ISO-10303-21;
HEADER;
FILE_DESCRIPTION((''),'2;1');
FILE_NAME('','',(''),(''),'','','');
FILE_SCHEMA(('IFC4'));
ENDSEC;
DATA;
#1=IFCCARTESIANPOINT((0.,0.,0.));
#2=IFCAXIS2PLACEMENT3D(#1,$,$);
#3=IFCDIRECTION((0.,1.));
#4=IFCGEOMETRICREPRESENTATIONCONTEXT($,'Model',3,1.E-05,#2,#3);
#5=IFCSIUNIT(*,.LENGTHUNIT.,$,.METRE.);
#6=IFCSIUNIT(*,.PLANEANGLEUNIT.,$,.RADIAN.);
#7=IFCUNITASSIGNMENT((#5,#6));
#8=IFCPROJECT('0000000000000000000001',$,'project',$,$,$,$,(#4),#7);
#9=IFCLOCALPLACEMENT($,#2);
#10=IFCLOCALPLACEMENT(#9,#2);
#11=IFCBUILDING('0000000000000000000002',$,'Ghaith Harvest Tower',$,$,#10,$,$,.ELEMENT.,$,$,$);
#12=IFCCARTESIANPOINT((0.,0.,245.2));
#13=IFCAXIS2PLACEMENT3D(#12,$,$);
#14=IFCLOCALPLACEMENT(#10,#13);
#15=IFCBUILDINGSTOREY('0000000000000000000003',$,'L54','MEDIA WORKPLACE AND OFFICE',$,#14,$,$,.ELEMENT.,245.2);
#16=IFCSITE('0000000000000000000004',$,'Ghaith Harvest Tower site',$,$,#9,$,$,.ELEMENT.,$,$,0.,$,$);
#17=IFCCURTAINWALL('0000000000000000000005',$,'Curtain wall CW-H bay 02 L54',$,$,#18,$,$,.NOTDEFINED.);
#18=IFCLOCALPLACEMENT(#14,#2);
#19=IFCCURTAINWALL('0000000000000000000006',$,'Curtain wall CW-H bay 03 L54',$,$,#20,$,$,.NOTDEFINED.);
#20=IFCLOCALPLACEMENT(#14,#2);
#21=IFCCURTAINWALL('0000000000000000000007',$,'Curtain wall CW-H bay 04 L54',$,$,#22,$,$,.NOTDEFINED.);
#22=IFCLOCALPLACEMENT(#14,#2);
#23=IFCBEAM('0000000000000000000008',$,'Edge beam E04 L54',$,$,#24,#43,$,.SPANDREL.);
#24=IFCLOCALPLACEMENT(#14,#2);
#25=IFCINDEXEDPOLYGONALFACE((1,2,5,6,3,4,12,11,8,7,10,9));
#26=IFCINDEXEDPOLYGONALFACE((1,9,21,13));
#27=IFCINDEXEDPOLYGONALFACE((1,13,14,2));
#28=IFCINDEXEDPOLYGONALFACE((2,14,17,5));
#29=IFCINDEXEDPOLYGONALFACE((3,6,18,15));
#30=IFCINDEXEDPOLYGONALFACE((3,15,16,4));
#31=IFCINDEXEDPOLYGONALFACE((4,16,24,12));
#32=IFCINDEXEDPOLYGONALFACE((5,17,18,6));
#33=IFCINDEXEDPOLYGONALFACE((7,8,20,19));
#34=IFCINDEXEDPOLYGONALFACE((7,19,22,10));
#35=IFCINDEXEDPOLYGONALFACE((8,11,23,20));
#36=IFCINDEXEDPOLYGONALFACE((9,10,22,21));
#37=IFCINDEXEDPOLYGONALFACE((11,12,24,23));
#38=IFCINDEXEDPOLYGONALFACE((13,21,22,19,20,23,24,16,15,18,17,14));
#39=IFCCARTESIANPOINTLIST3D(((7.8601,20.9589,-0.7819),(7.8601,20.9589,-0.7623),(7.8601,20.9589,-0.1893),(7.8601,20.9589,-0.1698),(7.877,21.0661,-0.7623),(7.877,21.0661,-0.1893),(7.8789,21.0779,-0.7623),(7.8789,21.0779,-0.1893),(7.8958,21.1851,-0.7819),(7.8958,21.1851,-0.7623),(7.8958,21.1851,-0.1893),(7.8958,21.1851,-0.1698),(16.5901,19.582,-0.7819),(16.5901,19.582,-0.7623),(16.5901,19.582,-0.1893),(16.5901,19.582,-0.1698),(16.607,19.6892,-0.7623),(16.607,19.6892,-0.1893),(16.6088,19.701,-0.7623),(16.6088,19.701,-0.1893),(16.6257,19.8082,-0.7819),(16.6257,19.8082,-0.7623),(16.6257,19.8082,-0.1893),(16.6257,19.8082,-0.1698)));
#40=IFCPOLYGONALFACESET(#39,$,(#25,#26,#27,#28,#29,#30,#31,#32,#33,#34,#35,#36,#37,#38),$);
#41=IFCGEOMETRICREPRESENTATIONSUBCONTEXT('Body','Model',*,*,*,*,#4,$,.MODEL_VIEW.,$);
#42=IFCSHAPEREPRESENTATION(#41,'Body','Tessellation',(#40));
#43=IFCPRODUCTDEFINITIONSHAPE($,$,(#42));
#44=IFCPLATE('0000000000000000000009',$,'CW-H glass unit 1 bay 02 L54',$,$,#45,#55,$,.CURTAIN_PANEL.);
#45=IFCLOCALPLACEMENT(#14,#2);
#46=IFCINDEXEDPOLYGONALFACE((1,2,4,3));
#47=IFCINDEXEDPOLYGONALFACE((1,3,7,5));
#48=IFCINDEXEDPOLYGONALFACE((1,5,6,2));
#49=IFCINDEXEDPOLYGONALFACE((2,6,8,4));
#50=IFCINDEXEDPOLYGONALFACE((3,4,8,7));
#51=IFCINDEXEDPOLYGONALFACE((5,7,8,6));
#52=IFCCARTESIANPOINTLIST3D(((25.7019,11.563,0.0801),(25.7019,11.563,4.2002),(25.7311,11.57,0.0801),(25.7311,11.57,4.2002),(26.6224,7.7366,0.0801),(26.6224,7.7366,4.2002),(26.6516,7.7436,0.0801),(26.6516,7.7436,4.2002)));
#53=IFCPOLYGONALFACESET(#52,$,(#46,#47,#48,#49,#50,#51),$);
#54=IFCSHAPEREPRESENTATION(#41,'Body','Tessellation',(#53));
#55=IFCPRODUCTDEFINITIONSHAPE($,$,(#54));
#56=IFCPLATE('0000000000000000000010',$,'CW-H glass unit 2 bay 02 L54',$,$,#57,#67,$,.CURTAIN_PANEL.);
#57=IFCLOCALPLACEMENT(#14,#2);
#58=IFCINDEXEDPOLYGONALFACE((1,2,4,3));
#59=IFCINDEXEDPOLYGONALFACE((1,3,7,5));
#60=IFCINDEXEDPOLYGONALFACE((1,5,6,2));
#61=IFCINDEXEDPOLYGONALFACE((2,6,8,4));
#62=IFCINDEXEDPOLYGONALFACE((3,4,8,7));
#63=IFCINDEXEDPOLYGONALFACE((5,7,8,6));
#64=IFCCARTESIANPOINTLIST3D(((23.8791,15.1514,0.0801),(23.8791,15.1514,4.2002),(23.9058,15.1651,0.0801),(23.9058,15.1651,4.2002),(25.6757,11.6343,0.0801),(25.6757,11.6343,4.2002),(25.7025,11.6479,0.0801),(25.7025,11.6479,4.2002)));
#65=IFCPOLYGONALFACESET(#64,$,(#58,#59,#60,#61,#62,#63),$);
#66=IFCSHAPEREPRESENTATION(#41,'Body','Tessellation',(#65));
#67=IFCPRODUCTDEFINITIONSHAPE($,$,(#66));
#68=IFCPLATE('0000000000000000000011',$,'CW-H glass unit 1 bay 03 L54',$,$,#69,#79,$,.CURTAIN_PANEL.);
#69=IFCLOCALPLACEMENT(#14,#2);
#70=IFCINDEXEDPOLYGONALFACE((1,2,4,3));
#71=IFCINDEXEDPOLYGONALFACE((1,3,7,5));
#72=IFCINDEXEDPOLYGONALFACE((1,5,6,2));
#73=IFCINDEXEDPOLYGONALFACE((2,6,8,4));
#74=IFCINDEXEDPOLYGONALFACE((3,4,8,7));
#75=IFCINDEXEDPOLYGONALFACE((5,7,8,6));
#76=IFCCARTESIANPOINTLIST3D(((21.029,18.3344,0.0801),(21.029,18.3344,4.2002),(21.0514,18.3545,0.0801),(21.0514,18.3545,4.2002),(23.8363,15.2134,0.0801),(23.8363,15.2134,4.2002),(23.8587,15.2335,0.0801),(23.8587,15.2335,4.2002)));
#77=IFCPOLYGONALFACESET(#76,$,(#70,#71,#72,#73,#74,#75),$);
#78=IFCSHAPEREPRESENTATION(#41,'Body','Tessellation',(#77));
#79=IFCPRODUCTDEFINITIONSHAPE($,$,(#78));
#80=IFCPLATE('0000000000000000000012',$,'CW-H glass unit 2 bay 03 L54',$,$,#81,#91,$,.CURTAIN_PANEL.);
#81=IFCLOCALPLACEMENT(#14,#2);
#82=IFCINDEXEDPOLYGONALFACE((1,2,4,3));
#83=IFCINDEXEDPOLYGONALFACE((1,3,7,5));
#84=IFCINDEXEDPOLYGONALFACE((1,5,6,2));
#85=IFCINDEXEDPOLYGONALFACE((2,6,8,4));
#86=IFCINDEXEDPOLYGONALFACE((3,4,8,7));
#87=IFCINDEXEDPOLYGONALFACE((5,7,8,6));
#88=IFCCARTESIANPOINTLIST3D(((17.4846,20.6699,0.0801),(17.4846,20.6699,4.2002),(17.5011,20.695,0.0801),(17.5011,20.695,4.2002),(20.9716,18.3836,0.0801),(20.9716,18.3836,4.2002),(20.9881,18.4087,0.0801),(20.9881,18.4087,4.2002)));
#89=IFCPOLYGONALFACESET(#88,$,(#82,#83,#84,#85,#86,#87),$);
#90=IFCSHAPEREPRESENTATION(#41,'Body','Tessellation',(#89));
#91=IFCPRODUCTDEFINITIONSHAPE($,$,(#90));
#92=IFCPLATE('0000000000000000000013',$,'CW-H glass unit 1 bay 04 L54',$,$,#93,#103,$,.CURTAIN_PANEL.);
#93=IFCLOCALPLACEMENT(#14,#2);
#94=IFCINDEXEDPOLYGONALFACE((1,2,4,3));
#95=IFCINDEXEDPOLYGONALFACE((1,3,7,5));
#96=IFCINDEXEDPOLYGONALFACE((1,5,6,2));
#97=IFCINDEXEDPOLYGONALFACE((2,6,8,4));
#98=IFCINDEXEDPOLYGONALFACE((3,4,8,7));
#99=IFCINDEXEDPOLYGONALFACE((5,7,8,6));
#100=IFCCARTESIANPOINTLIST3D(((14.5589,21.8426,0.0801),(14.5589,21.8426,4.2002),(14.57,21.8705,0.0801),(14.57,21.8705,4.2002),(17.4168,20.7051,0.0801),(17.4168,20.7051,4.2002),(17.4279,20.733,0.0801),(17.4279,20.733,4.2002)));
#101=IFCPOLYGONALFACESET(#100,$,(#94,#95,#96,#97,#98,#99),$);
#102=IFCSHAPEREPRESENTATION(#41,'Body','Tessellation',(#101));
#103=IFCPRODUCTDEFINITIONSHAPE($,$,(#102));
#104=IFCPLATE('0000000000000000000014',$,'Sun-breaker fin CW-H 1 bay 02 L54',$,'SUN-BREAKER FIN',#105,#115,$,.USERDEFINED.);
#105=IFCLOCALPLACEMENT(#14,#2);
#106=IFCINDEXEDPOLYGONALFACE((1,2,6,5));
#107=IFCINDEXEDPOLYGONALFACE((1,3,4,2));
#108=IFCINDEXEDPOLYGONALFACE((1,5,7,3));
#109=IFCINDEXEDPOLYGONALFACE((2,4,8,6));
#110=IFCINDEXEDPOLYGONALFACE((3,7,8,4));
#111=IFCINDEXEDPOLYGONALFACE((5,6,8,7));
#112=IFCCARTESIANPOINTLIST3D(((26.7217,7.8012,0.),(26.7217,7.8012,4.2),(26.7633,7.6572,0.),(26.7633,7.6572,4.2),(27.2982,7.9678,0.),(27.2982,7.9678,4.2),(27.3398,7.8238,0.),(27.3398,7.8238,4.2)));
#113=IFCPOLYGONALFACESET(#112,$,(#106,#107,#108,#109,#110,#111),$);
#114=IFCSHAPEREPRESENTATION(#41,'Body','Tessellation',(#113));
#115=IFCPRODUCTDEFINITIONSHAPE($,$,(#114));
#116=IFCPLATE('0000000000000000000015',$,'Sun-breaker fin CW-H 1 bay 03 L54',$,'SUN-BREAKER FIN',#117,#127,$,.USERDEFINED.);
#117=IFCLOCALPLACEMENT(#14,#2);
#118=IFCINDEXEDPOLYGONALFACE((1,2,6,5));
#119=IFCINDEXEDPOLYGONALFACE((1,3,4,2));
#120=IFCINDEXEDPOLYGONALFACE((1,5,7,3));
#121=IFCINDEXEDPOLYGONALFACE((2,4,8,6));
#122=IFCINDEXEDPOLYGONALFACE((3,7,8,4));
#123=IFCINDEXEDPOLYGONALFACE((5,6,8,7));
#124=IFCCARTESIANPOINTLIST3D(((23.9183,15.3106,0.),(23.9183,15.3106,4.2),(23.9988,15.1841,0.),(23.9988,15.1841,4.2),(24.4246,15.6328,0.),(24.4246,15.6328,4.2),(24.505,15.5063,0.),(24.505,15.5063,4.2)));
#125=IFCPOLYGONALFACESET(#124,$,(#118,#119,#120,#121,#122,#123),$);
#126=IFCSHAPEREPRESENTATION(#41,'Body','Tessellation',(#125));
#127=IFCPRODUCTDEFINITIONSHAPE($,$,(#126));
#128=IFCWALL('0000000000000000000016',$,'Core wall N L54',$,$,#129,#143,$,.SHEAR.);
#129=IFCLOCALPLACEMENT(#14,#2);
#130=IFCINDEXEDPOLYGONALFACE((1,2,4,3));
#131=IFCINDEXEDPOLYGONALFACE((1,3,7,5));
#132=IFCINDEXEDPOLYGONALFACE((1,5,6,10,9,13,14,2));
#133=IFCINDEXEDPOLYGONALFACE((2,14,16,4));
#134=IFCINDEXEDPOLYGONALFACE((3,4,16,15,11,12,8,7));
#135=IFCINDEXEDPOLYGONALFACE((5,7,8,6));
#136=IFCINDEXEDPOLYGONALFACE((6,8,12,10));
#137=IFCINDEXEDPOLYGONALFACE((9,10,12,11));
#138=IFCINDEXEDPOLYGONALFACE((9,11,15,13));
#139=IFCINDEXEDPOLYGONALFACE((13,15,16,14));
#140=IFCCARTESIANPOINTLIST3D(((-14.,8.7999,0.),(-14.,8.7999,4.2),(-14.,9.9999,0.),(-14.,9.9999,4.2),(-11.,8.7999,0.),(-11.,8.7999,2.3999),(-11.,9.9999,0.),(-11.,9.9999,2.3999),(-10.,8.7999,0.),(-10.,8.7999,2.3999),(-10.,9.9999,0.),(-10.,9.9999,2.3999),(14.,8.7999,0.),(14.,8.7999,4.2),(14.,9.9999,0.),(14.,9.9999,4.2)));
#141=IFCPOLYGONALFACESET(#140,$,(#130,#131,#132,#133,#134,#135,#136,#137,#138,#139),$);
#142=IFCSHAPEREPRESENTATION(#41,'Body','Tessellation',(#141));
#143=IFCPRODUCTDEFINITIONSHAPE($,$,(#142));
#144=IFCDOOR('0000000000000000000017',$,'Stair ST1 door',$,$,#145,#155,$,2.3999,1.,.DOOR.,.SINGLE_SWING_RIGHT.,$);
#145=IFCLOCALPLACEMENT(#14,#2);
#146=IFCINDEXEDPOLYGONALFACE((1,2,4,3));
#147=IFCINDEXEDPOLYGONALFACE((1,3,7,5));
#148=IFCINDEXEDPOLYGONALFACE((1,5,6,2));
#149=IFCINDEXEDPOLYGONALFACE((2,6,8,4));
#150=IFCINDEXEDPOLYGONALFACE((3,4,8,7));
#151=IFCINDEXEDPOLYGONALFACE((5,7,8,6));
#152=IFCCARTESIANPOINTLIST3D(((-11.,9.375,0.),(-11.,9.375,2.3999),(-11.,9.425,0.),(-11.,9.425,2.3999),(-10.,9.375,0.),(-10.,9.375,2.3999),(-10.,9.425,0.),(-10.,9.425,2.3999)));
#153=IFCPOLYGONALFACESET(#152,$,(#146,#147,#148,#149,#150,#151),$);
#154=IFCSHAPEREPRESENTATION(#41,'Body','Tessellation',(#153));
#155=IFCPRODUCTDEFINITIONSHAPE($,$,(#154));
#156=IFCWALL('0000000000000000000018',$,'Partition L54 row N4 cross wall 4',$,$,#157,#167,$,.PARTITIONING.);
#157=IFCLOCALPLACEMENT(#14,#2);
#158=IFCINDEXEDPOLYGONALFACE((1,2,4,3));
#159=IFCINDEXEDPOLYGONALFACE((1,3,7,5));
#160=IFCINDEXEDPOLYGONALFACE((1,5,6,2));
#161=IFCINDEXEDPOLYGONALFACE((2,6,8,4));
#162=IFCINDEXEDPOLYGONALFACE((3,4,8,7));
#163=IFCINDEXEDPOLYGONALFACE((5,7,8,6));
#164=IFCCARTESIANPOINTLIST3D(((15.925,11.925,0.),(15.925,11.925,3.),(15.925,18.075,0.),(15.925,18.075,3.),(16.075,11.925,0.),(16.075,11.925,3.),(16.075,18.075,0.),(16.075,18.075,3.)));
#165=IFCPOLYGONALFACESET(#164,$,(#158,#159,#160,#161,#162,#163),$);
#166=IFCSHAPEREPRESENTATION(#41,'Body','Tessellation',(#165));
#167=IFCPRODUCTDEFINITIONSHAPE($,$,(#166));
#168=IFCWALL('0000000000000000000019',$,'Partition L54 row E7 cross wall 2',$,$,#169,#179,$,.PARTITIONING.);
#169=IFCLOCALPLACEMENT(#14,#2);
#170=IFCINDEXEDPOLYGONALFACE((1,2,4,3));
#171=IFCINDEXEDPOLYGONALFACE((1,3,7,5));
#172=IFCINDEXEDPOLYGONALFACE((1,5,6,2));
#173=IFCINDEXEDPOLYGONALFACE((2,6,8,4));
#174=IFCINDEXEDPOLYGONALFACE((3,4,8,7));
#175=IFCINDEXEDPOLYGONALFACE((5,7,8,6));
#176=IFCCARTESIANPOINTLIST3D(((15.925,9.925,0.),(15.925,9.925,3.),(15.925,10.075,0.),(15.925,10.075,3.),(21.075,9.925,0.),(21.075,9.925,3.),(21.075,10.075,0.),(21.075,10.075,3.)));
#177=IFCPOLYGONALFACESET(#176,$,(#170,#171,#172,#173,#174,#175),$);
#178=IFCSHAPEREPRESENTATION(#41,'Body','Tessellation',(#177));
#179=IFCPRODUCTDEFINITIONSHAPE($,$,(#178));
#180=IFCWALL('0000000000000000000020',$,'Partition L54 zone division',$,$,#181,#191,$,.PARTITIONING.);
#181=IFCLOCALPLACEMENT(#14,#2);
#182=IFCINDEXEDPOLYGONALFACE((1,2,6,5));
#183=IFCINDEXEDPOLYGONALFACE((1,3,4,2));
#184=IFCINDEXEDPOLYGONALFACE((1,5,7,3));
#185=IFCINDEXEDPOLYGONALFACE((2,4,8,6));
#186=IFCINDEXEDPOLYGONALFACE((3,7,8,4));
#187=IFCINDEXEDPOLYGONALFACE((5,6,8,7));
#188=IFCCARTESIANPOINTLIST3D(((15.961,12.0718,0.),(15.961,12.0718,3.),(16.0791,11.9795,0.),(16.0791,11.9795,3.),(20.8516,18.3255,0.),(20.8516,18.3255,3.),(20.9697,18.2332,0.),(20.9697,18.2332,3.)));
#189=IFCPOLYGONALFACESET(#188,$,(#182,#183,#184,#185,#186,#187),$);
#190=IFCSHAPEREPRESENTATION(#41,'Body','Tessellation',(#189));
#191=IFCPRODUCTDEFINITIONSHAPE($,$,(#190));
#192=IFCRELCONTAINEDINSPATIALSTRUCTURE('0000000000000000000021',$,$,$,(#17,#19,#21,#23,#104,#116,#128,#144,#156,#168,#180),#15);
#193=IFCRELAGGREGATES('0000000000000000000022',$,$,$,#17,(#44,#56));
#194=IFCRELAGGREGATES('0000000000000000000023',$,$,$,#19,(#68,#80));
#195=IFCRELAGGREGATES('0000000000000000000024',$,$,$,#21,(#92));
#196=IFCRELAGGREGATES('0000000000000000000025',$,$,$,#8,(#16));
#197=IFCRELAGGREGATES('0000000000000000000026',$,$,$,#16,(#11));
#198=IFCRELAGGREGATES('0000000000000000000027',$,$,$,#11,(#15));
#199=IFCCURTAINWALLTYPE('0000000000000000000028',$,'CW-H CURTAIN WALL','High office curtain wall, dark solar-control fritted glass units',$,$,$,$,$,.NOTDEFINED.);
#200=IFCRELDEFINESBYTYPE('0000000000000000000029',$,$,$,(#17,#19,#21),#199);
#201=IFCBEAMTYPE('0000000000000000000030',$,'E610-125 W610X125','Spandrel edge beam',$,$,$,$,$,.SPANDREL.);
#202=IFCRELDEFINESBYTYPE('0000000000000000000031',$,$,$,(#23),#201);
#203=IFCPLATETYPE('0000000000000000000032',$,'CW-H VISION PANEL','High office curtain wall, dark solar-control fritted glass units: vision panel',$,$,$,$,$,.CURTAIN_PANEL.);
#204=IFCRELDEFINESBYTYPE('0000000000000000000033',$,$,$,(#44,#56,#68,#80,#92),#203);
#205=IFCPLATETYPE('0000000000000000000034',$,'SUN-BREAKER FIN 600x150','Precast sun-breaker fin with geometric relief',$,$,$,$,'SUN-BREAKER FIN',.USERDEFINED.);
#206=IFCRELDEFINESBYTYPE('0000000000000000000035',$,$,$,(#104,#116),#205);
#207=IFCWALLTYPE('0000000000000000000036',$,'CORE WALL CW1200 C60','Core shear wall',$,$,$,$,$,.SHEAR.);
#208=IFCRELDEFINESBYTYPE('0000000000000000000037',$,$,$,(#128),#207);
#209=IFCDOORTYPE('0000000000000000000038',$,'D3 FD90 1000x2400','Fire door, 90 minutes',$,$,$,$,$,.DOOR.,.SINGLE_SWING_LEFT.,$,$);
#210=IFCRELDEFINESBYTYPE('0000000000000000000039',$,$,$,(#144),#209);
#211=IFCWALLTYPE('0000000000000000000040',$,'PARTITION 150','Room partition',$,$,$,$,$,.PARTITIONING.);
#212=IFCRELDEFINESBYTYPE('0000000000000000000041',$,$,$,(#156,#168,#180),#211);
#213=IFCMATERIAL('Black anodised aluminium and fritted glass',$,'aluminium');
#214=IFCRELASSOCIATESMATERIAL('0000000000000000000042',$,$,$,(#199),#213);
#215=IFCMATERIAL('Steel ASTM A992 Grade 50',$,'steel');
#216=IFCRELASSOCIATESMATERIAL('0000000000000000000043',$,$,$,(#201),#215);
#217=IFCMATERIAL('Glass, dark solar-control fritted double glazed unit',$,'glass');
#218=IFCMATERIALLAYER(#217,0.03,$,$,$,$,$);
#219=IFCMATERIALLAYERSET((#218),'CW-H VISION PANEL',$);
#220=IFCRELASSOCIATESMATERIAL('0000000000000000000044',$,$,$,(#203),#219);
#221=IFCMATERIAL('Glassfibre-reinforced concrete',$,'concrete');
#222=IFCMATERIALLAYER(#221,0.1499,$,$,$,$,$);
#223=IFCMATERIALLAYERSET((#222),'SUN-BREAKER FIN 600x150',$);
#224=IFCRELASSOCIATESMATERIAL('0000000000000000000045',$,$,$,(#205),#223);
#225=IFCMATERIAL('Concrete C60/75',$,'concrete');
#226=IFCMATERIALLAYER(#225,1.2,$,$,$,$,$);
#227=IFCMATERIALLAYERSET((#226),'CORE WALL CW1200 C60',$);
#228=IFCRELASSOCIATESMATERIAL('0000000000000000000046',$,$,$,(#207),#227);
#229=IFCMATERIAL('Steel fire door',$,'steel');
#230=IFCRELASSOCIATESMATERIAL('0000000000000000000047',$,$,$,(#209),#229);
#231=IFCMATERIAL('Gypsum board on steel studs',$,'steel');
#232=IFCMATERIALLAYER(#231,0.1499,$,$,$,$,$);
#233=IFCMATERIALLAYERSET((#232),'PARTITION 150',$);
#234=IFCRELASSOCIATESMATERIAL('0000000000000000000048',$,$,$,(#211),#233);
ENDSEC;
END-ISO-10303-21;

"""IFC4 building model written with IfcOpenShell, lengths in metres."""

from ifc_helpers import new_model, si_unit, direction, frame, frame_2d, origin, origin_2d, place, context, subcontext, project, spatial, rectangle, i_section, extrude, material, layer, layer_set, material_profile, profile_set, type_object, element, fill, aggregate, save


model = new_model("IFC4")

# Units and contexts
model_context = context("Model", 3, precision=1e-05, world=origin(), true_north=direction((0.0, 1.0)))
body_context = subcontext(model_context, "Body", "Model", "MODEL_VIEW")
ifc_project = project(units=[si_unit("LENGTHUNIT", "METRE"), si_unit("PLANEANGLEUNIT", "RADIAN")], contexts=[model_context])

# Site, building, storey
site_placement = place(None, origin())
site = spatial("IfcSite", under=ifc_project, at=site_placement, Name="Ghaith Harvest Tower site", CompositionType="ELEMENT", RefElevation=0.0)
building_placement = place(site_placement, origin())
building = spatial("IfcBuilding", under=site, at=building_placement, Name="Ghaith Harvest Tower", CompositionType="ELEMENT")
storey_placement = place(building_placement, frame((0.0, 0.0, 245.2)))
storey = spatial("IfcBuildingStorey", under=building, at=storey_placement, Name="L54", Description="MEDIA WORKPLACE AND OFFICE", CompositionType="ELEMENT", Elevation=245.2)

# Curtain wall
ifc_material_1 = material(Name="Black anodised aluminium and fritted glass", Category="aluminium")
curtain_wall_type = type_object("IfcCurtainWallType", Name="CW-H CURTAIN WALL", Description="High office curtain wall, dark solar-control fritted glass units", PredefinedType="NOTDEFINED", material=ifc_material_1)
curtain_wall_1_placement = place(storey_placement, origin())
curtain_wall_1 = element("IfcCurtainWall", 1, at=curtain_wall_1_placement, inside=storey, type_object=curtain_wall_type, Name="Curtain wall CW-H bay 02 L54", PredefinedType="NOTDEFINED")

# Curtain walls
curtain_wall_2_placement = place(storey_placement, origin())
curtain_wall_2 = element("IfcCurtainWall", 2, at=curtain_wall_2_placement, inside=storey, type_object=curtain_wall_type, Name="Curtain wall CW-H bay 03 L54", PredefinedType="NOTDEFINED")
curtain_wall_3_placement = place(storey_placement, origin())
curtain_wall_3 = element("IfcCurtainWall", 3, at=curtain_wall_3_placement, inside=storey, type_object=curtain_wall_type, Name="Curtain wall CW-H bay 04 L54", PredefinedType="NOTDEFINED")

# Beam
ifc_material_2 = material(Name="Steel ASTM A992 Grade 50", Category="steel")
ifc_material_profile_1 = material_profile(ifc_material_2, i_section(OverallWidth=0.229, OverallDepth=0.6121, WebThickness=0.012, FlangeThickness=0.0195, at=origin_2d()), Name="W610X125")
ifc_profile_set_1 = profile_set([ifc_material_profile_1], Name="Steel ASTM A992 Grade 50")
beam_type = type_object("IfcBeamType", Name="E610-125 W610X125", Description="Spandrel edge beam", PredefinedType="SPANDREL", material=ifc_profile_set_1)
beam_1_placement = place(storey_placement, frame((16.6079, 19.6951, -0.4758), z_axis=(-0.987788, 0.155801, 0.0), x_axis=(-0.155801, -0.987788, 0.0)))
element("IfcBeam", 4, at=beam_1_placement, inside=storey, type_object=beam_type, Name="Edge beam E04 L54", PredefinedType="SPANDREL", context=body_context, shape_type="SweptSolid", body=[
    extrude(i_section(OverallWidth=0.229, OverallDepth=0.6121, WebThickness=0.012, FlangeThickness=0.0195, at=origin_2d()), origin(), (0.0, 0.0, 1.0), 8.8379),
])

# Plates
ifc_material_3 = material(Name="Glass, dark solar-control fritted double glazed unit", Category="glass")
ifc_layer_1 = layer(ifc_material_3, 0.03)
ifc_layer_set_1 = layer_set([ifc_layer_1], Name="CW-H VISION PANEL")
plate_type_1 = type_object("IfcPlateType", Name="CW-H VISION PANEL", Description="High office curtain wall, dark solar-control fritted glass units: vision panel", PredefinedType="CURTAIN_PANEL", material=ifc_layer_set_1)
plate_1_placement = place(storey_placement, frame((26.1768, 9.6533, 0.0801), z_axis=(0.0, 0.0, 1.0), x_axis=(-0.233894, 0.972262, 0.0)))
plate_1 = element("IfcPlate", 5, at=plate_1_placement, type_object=plate_type_1, Name="CW-H glass unit 1 bay 02 L54", PredefinedType="CURTAIN_PANEL", context=body_context, shape_type="SweptSolid", body=[
    extrude(rectangle(XDim=3.9355, YDim=0.03, at=origin_2d()), origin(), (0.0, 0.0, 1.0), 4.1201),
])
plate_2_placement = place(storey_placement, frame((24.7908, 13.3997, 0.0801), z_axis=(0.0, 0.0, 1.0), x_axis=(-0.454915, 0.890535, 0.0)))
plate_2 = element("IfcPlate", 6, at=plate_2_placement, type_object=plate_type_1, Name="CW-H glass unit 2 bay 02 L54", PredefinedType="CURTAIN_PANEL", context=body_context, shape_type="SweptSolid", body=[
    extrude(rectangle(XDim=3.9495, YDim=0.03, at=origin_2d()), origin(), (0.0, 0.0, 1.0), 4.1201),
])
aggregate(curtain_wall_1, [plate_1, plate_2])
plate_3_placement = place(storey_placement, frame((22.4438, 16.7839, 0.0801), z_axis=(0.0, 0.0, 1.0), x_axis=(-0.668758, 0.74348, 0.0)))
plate_3 = element("IfcPlate", 7, at=plate_3_placement, type_object=plate_type_1, Name="CW-H glass unit 1 bay 03 L54", PredefinedType="CURTAIN_PANEL", context=body_context, shape_type="SweptSolid", body=[
    extrude(rectangle(XDim=4.1978, YDim=0.03, at=origin_2d()), origin(), (0.0, 0.0, 1.0), 4.1201),
])
plate_4_placement = place(storey_placement, frame((19.2363, 19.5393, 0.0801), z_axis=(0.0, 0.0, 1.0), x_axis=(-0.836277, 0.548308, 0.0)))
plate_4 = element("IfcPlate", 8, at=plate_4_placement, type_object=plate_type_1, Name="CW-H glass unit 2 bay 03 L54", PredefinedType="CURTAIN_PANEL", context=body_context, shape_type="SweptSolid", body=[
    extrude(rectangle(XDim=4.1697, YDim=0.03, at=origin_2d()), origin(), (0.0, 0.0, 1.0), 4.1201),
])
aggregate(curtain_wall_2, [plate_3, plate_4])
plate_5_placement = place(storey_placement, frame((15.9934, 21.2878, 0.0801), z_axis=(0.0, 0.0, 1.0), x_axis=(-0.929107, 0.36981, 0.0)))
plate_5 = element("IfcPlate", 9, at=plate_5_placement, type_object=plate_type_1, Name="CW-H glass unit 1 bay 04 L54", PredefinedType="CURTAIN_PANEL", context=body_context, shape_type="SweptSolid", body=[
    extrude(rectangle(XDim=3.0759, YDim=0.03, at=origin_2d()), origin(), (0.0, 0.0, 1.0), 4.1201),
])
aggregate(curtain_wall_3, [plate_5])

# Plates
ifc_material_4 = material(Name="Glassfibre-reinforced concrete", Category="concrete")
ifc_layer_2 = layer(ifc_material_4, 0.1499)
ifc_layer_set_2 = layer_set([ifc_layer_2], Name="SUN-BREAKER FIN 600x150")
plate_type_2 = type_object("IfcPlateType", Name="SUN-BREAKER FIN 600x150", Description="Precast sun-breaker fin with geometric relief", ElementType="SUN-BREAKER FIN", PredefinedType="USERDEFINED", material=ifc_layer_set_2)
for number, where, z_axis, x_axis, name in (
    (10, (27.0308, 7.8125, 0.0), (0.0, 0.0, 1.0), (0.96068, 0.277657, 0.0), "Sun-breaker fin CW-H 1 bay 02 L54"),
    (11, (24.2117, 15.4084, 0.0), (0.0, 0.0, 1.0), (0.843644, 0.536903, 0.0), "Sun-breaker fin CW-H 1 bay 03 L54"),
):
    element("IfcPlate", number, at=place(storey_placement, frame(where, z_axis=z_axis, x_axis=x_axis)), inside=storey, type_object=plate_type_2, Name=name, ObjectType="SUN-BREAKER FIN", PredefinedType="USERDEFINED", context=body_context, shape_type="SweptSolid", body=[
        extrude(rectangle(XDim=0.6001, YDim=0.1499, at=origin_2d()), origin(), (0.0, 0.0, 1.0), 4.2),
    ])

# Wall, opening, door
ifc_material_5 = material(Name="Concrete C60/75", Category="concrete")
ifc_layer_3 = layer(ifc_material_5, 1.2)
ifc_layer_set_3 = layer_set([ifc_layer_3], Name="CORE WALL CW1200 C60")
wall_type_1 = type_object("IfcWallType", Name="CORE WALL CW1200 C60", Description="Core shear wall", PredefinedType="SHEAR", material=ifc_layer_set_3)
wall_1_placement = place(storey_placement, frame((14.0, 9.3999, 0.0), z_axis=(0.0, 0.0, 1.0), x_axis=(-1.0, 0.0, 0.0)))
wall_1 = element("IfcWall", 12, at=wall_1_placement, inside=storey, type_object=wall_type_1, Name="Core wall N L54", PredefinedType="SHEAR", context=body_context, shape_type="SweptSolid", body=[
    extrude(rectangle(XDim=28.0, YDim=1.2, at=frame_2d((14.0, 0.0))), origin(), (0.0, 0.0, 1.0), 4.2),
])
opening_placement = place(wall_1_placement, frame((24.0, 0.0, 0.0)))
opening = element("IfcOpeningElement", 13, at=opening_placement, cuts=wall_1, PredefinedType="OPENING", context=body_context, shape_type="SweptSolid", body=[
    extrude(rectangle(XDim=1.0, YDim=2.3999, at=frame_2d((0.5, 1.2))), frame((0.0, 0.6099, 0.0), z_axis=(0.0, -1.0, 0.0), x_axis=(1.0, 0.0, 0.0)), (0.0, 0.0, 1.0), 1.22),
])
ifc_material_6 = material(Name="Steel fire door", Category="steel")
door_type = type_object("IfcDoorType", Name="D3 FD90 1000x2400", Description="Fire door, 90 minutes", OperationType="SINGLE_SWING_LEFT", PredefinedType="DOOR", material=ifc_material_6)
door_placement = place(opening_placement, origin())
door = element("IfcDoor", 14, at=door_placement, inside=storey, type_object=door_type, Name="Stair ST1 door", OperationType="SINGLE_SWING_RIGHT", OverallHeight=2.3999, OverallWidth=1.0, PredefinedType="DOOR", context=body_context, shape_type="SweptSolid", body=[
    extrude(rectangle(XDim=1.0, YDim=2.3999, at=frame_2d((0.5, 1.2))), frame((0.0, 0.0249, 0.0), z_axis=(0.0, -1.0, 0.0), x_axis=(1.0, 0.0, 0.0)), (0.0, 0.0, 1.0), 0.05),
])
fill(opening, door)

# Walls
ifc_material_7 = material(Name="Gypsum board on steel studs", Category="steel")
ifc_layer_4 = layer(ifc_material_7, 0.1499)
ifc_layer_set_4 = layer_set([ifc_layer_4], Name="PARTITION 150")
wall_type_2 = type_object("IfcWallType", Name="PARTITION 150", Description="Room partition", PredefinedType="PARTITIONING", material=ifc_layer_set_4)
wall_2_placement = place(storey_placement, frame((16.0, 11.925, 0.0), z_axis=(0.0, 0.0, 1.0), x_axis=(0.0, 1.0, 0.0)))
element("IfcWall", 15, at=wall_2_placement, inside=storey, type_object=wall_type_2, Name="Partition L54 row N4 cross wall 4", PredefinedType="PARTITIONING", context=body_context, shape_type="SweptSolid", body=[
    extrude(rectangle(XDim=6.1499, YDim=0.1499, at=frame_2d((3.075, 0.0))), origin(), (0.0, 0.0, 1.0), 3.0),
])
wall_3_placement = place(storey_placement, frame((15.925, 10.0, 0.0), z_axis=(0.0, 0.0, 1.0), x_axis=(1.0, 0.0, 0.0)))
element("IfcWall", 16, at=wall_3_placement, inside=storey, type_object=wall_type_2, Name="Partition L54 row E7 cross wall 2", PredefinedType="PARTITIONING", context=body_context, shape_type="SweptSolid", body=[
    extrude(rectangle(XDim=5.1499, YDim=0.1499, at=frame_2d((2.575, 0.0))), origin(), (0.0, 0.0, 1.0), 3.0),
])
wall_4_placement = place(storey_placement, frame((16.02, 12.0256, 0.0), z_axis=(0.0, 0.0, 1.0), x_axis=(0.616031, 0.787722, 0.0)))
element("IfcWall", 17, at=wall_4_placement, inside=storey, type_object=wall_type_2, Name="Partition L54 zone division", PredefinedType="PARTITIONING", context=body_context, shape_type="SweptSolid", body=[
    extrude(rectangle(XDim=7.939, YDim=0.1499, at=frame_2d((3.9695, 0.0))), origin(), (0.0, 0.0, 1.0), 3.0),
])

save(model, "model.ifc")
